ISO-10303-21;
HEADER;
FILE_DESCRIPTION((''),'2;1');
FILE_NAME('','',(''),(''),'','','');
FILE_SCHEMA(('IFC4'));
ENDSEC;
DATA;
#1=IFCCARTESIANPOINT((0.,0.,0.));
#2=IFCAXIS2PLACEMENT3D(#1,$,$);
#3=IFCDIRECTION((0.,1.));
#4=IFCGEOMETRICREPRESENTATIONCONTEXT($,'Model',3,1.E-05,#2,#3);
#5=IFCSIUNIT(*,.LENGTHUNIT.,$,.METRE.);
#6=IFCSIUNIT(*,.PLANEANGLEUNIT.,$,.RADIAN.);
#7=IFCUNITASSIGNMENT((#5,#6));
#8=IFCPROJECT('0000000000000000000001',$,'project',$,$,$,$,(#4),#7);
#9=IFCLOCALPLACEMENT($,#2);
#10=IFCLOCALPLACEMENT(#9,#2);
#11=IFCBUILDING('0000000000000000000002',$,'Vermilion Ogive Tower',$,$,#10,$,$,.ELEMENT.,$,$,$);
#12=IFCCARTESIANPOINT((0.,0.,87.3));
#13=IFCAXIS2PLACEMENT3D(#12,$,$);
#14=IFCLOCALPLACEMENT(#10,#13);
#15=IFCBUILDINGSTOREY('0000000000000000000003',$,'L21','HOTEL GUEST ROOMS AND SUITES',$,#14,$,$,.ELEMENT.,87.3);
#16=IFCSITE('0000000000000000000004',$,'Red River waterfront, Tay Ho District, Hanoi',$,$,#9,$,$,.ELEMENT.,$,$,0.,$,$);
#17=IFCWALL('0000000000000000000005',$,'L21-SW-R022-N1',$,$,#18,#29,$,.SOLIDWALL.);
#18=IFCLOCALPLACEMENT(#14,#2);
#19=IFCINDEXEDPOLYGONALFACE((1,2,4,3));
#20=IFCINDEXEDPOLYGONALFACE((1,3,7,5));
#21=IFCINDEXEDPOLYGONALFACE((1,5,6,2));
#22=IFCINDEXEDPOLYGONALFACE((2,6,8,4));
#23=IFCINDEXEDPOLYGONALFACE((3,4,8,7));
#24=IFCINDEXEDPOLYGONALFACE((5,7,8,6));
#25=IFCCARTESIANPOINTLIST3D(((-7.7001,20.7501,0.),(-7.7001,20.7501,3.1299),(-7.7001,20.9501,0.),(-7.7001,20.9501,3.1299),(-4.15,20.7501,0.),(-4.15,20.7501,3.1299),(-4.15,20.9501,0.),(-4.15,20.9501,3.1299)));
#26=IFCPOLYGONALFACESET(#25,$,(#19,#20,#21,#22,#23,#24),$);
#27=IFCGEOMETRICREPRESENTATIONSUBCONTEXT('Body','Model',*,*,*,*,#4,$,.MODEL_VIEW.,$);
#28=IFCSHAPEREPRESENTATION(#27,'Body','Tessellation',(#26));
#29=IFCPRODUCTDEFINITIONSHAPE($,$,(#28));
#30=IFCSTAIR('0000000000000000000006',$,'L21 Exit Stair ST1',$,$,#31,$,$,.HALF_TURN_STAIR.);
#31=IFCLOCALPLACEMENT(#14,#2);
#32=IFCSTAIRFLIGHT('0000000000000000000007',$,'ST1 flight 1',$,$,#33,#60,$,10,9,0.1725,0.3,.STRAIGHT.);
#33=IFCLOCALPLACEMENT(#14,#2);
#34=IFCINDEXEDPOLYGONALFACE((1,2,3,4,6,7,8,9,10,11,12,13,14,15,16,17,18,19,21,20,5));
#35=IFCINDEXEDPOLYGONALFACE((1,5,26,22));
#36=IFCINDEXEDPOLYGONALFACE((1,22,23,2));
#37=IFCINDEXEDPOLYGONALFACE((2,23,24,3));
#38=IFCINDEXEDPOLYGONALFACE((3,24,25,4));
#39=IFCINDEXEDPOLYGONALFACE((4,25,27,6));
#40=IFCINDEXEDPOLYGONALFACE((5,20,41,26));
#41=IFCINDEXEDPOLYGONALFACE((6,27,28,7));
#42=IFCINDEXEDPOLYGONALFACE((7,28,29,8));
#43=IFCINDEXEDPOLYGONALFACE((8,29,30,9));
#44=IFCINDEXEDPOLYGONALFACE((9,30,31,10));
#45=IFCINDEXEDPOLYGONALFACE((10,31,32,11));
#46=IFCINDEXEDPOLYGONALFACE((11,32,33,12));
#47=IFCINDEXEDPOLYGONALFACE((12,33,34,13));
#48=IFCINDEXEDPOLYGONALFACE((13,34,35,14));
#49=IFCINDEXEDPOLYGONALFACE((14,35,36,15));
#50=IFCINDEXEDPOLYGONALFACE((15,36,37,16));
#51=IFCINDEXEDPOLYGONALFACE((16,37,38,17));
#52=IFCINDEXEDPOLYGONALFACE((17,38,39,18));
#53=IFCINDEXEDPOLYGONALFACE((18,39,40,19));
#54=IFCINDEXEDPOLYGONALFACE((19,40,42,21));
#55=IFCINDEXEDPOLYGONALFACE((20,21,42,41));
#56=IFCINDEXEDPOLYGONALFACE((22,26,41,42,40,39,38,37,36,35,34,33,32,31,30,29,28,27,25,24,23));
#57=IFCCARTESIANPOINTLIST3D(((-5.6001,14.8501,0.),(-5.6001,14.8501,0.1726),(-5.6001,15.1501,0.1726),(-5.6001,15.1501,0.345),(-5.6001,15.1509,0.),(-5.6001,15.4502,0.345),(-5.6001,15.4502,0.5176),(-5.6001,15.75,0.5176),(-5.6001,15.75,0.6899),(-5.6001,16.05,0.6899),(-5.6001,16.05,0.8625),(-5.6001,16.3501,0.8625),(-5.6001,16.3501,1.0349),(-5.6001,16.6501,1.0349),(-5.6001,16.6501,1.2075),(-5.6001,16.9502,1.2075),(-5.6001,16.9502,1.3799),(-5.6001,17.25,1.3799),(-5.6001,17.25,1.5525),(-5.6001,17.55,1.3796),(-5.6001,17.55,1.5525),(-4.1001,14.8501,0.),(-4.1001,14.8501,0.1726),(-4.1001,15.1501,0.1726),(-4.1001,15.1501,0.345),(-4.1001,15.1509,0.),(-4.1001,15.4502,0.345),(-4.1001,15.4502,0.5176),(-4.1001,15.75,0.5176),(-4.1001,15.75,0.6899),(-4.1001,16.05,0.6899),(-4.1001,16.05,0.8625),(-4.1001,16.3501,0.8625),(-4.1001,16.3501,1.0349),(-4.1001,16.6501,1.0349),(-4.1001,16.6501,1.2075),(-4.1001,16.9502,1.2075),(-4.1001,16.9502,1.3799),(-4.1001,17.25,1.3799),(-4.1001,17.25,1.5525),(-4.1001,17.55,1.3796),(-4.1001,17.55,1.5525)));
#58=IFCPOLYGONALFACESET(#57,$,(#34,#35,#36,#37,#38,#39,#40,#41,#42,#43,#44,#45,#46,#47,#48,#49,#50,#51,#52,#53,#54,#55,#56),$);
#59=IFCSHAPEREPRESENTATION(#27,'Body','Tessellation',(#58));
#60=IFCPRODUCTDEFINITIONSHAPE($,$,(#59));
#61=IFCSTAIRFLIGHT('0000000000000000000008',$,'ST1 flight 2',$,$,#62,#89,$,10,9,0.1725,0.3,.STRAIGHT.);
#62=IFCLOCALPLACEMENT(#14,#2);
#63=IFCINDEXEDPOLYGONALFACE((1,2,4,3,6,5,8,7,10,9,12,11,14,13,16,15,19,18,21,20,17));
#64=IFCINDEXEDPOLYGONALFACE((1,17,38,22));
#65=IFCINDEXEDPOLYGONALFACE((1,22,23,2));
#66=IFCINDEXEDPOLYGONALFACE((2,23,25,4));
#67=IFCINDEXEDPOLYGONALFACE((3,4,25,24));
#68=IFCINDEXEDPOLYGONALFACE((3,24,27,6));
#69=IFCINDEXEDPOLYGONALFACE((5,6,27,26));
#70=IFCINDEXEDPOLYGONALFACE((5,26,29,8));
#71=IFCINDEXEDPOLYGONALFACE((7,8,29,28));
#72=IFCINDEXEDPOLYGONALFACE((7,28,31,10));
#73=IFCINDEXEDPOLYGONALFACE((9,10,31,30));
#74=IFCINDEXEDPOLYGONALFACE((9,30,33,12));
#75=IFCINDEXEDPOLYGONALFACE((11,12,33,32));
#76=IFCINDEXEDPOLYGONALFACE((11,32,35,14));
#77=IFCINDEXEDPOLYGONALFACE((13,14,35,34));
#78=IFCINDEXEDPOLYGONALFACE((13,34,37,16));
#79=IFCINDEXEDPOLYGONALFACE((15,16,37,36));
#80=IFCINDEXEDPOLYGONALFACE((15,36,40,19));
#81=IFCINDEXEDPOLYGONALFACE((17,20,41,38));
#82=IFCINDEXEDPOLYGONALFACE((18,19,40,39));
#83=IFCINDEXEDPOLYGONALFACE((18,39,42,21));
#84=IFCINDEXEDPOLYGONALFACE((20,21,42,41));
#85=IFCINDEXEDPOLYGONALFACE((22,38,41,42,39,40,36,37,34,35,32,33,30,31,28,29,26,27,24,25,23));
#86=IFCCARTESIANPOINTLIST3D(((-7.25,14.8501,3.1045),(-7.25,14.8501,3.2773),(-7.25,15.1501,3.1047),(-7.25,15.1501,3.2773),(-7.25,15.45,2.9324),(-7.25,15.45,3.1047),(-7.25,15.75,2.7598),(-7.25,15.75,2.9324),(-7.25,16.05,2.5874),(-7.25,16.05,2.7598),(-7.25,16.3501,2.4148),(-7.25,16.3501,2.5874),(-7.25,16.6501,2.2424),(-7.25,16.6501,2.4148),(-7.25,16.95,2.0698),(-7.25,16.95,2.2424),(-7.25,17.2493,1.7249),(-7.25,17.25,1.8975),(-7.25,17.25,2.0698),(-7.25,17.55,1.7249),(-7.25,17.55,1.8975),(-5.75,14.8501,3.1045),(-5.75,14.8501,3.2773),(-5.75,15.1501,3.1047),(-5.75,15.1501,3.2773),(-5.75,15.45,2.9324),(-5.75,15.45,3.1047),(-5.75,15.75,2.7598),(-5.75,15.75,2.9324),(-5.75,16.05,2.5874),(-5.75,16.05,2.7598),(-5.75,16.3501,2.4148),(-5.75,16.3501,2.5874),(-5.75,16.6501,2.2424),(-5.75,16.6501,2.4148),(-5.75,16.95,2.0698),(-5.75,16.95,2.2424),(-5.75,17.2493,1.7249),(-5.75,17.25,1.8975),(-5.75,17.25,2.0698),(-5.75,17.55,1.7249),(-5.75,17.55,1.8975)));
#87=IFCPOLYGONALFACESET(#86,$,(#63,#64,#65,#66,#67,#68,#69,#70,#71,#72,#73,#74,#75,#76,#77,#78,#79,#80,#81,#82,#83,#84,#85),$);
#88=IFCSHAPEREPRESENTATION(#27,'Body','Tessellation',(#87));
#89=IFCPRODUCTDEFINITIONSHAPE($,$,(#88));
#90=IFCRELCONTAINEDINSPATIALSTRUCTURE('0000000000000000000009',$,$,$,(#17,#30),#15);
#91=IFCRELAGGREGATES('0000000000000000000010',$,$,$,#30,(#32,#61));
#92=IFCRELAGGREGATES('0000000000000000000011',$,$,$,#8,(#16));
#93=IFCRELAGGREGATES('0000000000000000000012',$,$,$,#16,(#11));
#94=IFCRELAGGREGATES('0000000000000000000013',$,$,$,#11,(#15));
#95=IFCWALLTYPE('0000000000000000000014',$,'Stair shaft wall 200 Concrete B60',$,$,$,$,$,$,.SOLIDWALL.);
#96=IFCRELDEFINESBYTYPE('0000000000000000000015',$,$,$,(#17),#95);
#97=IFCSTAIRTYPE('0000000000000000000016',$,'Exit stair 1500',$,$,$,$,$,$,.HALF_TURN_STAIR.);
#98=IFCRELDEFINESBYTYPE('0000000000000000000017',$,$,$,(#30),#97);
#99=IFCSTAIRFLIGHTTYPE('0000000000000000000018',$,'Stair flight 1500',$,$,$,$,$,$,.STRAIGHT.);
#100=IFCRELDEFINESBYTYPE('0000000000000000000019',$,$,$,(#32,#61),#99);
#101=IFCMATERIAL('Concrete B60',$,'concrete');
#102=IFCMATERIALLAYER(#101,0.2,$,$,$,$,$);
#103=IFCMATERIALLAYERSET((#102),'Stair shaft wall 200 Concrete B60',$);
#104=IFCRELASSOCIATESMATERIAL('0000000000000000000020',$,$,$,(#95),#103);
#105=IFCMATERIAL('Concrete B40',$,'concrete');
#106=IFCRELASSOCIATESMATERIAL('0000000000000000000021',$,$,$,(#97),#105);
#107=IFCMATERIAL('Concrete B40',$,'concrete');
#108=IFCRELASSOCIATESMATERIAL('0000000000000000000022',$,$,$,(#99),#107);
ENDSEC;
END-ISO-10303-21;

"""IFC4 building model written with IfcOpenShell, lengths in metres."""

from ifc_helpers import new_model, si_unit, direction, frame, frame_2d, origin, place, context, subcontext, project, spatial, polyline, rectangle, outline, extrude, material, layer, layer_set, type_object, element, aggregate, save


model = new_model("IFC4")

# Units and contexts
model_context = context("Model", 3, precision=1e-05, world=origin(), true_north=direction((0.0, 1.0)))
body_context = subcontext(model_context, "Body", "Model", "MODEL_VIEW")
ifc_project = project(units=[si_unit("LENGTHUNIT", "METRE"), si_unit("PLANEANGLEUNIT", "RADIAN")], contexts=[model_context])

# Site, building, storey
site_placement = place(None, origin())
site = spatial("IfcSite", under=ifc_project, at=site_placement, Name="Red River waterfront, Tay Ho District, Hanoi", CompositionType="ELEMENT", RefElevation=0.0)
building_placement = place(site_placement, origin())
building = spatial("IfcBuilding", under=site, at=building_placement, Name="Vermilion Ogive Tower", CompositionType="ELEMENT")
storey_placement = place(building_placement, frame((0.0, 0.0, 87.3)))
storey = spatial("IfcBuildingStorey", under=building, at=storey_placement, Name="L21", Description="HOTEL GUEST ROOMS AND SUITES", CompositionType="ELEMENT", Elevation=87.3)

# Shared definitions
ifc_material_1 = material(Name="Concrete B60", Category="concrete")
ifc_layer_1 = layer(ifc_material_1, 0.2)
ifc_layer_set_1 = layer_set([ifc_layer_1], Name="Stair shaft wall 200 Concrete B60")
wall_type_1 = type_object("IfcWallType", Name="Stair shaft wall 200 Concrete B60", PredefinedType="SOLIDWALL", material=ifc_layer_set_1)

# Wall
wall_1_placement = place(storey_placement, frame((-7.7, 20.8501, 0.0), z_axis=(0.0, 0.0, 1.0), x_axis=(1.0, 0.0, 0.0)))
element("IfcWall", 1, at=wall_1_placement, inside=storey, type_object=wall_type_1, Name="L21-SW-R022-N1", PredefinedType="SOLIDWALL", context=body_context, shape_type="SweptSolid", body=[
    extrude(rectangle(XDim=3.55, YDim=0.2, at=frame_2d((1.7749, 0.0))), origin(), (0.0, 0.0, 1.0), 3.1299),
])

# Stair, stair flights
ifc_material_2 = material(Name="Concrete B40", Category="concrete")
stair_type = type_object("IfcStairType", Name="Exit stair 1500", PredefinedType="HALF_TURN_STAIR", material=ifc_material_2)
stair_placement = place(storey_placement, origin())
stair = element("IfcStair", 2, at=stair_placement, inside=storey, type_object=stair_type, Name="L21 Exit Stair ST1", PredefinedType="HALF_TURN_STAIR")
ifc_material_3 = material(Name="Concrete B40", Category="concrete")
stair_flight_type = type_object("IfcStairFlightType", Name="Stair flight 1500", PredefinedType="STRAIGHT", material=ifc_material_3)
stair_flight_1_placement = place(storey_placement, frame((-4.8501, 14.8501, 0.0), z_axis=(0.0, 0.0, 1.0), x_axis=(0.0, 1.0, 0.0)))
stair_flight_1 = element("IfcStairFlight", 3, at=stair_flight_1_placement, type_object=stair_flight_type, Name="ST1 flight 1", NumberOfRisers=10, NumberOfTreads=9, PredefinedType="STRAIGHT", RiserHeight=0.1725, TreadLength=0.3, context=body_context, shape_type="SweptSolid", body=[
    extrude(outline(polyline([(0.0, 0.0), (0.0, 0.1726), (0.3, 0.1726), (0.3, 0.345), (0.6001, 0.345), (0.6001, 0.5176), (0.8999, 0.5176), (0.8999, 0.6899), (1.2, 0.6899), (1.2, 0.8625), (1.5, 0.8625), (1.5, 1.0349), (1.8, 1.0349), (1.8, 1.2075), (2.1001, 1.2075), (2.1001, 1.3799), (2.3999, 1.3799), (2.3999, 1.5525), (2.7, 1.5525), (2.7, 1.7251), (2.7, 1.3796), (0.3008, 0.0), (0.0, 0.0)])), frame((0.0, 0.75, 0.0), z_axis=(0.0, -1.0, 0.0), x_axis=(1.0, 0.0, 0.0)), (0.0, 0.0, 1.0), 1.5),
])
stair_flight_2_placement = place(storey_placement, frame((-6.5, 17.55, 1.7249), z_axis=(0.0, 0.0, 1.0), x_axis=(0.0, -1.0, 0.0)))
stair_flight_2 = element("IfcStairFlight", 4, at=stair_flight_2_placement, type_object=stair_flight_type, Name="ST1 flight 2", NumberOfRisers=10, NumberOfTreads=9, PredefinedType="STRAIGHT", RiserHeight=0.1725, TreadLength=0.3, context=body_context, shape_type="SweptSolid", body=[
    extrude(outline(polyline([(0.0, 0.0), (0.0, 0.1726), (0.3, 0.1726), (0.3, 0.345), (0.6001, 0.345), (0.6001, 0.5176), (0.8999, 0.5176), (0.8999, 0.6899), (1.2, 0.6899), (1.2, 0.8625), (1.5, 0.8625), (1.5, 1.0349), (1.8, 1.0349), (1.8, 1.2075), (2.1001, 1.2075), (2.1001, 1.3799), (2.3999, 1.3799), (2.3999, 1.5525), (2.7, 1.5525), (2.7, 1.7251), (2.7, 1.3796), (0.3008, 0.0), (0.0, 0.0)])), frame((0.0, 0.75, 0.0), z_axis=(0.0, -1.0, 0.0), x_axis=(1.0, 0.0, 0.0)), (0.0, 0.0, 1.0), 1.5),
])
aggregate(stair, [stair_flight_1, stair_flight_2])

save(model, "model.ifc")
